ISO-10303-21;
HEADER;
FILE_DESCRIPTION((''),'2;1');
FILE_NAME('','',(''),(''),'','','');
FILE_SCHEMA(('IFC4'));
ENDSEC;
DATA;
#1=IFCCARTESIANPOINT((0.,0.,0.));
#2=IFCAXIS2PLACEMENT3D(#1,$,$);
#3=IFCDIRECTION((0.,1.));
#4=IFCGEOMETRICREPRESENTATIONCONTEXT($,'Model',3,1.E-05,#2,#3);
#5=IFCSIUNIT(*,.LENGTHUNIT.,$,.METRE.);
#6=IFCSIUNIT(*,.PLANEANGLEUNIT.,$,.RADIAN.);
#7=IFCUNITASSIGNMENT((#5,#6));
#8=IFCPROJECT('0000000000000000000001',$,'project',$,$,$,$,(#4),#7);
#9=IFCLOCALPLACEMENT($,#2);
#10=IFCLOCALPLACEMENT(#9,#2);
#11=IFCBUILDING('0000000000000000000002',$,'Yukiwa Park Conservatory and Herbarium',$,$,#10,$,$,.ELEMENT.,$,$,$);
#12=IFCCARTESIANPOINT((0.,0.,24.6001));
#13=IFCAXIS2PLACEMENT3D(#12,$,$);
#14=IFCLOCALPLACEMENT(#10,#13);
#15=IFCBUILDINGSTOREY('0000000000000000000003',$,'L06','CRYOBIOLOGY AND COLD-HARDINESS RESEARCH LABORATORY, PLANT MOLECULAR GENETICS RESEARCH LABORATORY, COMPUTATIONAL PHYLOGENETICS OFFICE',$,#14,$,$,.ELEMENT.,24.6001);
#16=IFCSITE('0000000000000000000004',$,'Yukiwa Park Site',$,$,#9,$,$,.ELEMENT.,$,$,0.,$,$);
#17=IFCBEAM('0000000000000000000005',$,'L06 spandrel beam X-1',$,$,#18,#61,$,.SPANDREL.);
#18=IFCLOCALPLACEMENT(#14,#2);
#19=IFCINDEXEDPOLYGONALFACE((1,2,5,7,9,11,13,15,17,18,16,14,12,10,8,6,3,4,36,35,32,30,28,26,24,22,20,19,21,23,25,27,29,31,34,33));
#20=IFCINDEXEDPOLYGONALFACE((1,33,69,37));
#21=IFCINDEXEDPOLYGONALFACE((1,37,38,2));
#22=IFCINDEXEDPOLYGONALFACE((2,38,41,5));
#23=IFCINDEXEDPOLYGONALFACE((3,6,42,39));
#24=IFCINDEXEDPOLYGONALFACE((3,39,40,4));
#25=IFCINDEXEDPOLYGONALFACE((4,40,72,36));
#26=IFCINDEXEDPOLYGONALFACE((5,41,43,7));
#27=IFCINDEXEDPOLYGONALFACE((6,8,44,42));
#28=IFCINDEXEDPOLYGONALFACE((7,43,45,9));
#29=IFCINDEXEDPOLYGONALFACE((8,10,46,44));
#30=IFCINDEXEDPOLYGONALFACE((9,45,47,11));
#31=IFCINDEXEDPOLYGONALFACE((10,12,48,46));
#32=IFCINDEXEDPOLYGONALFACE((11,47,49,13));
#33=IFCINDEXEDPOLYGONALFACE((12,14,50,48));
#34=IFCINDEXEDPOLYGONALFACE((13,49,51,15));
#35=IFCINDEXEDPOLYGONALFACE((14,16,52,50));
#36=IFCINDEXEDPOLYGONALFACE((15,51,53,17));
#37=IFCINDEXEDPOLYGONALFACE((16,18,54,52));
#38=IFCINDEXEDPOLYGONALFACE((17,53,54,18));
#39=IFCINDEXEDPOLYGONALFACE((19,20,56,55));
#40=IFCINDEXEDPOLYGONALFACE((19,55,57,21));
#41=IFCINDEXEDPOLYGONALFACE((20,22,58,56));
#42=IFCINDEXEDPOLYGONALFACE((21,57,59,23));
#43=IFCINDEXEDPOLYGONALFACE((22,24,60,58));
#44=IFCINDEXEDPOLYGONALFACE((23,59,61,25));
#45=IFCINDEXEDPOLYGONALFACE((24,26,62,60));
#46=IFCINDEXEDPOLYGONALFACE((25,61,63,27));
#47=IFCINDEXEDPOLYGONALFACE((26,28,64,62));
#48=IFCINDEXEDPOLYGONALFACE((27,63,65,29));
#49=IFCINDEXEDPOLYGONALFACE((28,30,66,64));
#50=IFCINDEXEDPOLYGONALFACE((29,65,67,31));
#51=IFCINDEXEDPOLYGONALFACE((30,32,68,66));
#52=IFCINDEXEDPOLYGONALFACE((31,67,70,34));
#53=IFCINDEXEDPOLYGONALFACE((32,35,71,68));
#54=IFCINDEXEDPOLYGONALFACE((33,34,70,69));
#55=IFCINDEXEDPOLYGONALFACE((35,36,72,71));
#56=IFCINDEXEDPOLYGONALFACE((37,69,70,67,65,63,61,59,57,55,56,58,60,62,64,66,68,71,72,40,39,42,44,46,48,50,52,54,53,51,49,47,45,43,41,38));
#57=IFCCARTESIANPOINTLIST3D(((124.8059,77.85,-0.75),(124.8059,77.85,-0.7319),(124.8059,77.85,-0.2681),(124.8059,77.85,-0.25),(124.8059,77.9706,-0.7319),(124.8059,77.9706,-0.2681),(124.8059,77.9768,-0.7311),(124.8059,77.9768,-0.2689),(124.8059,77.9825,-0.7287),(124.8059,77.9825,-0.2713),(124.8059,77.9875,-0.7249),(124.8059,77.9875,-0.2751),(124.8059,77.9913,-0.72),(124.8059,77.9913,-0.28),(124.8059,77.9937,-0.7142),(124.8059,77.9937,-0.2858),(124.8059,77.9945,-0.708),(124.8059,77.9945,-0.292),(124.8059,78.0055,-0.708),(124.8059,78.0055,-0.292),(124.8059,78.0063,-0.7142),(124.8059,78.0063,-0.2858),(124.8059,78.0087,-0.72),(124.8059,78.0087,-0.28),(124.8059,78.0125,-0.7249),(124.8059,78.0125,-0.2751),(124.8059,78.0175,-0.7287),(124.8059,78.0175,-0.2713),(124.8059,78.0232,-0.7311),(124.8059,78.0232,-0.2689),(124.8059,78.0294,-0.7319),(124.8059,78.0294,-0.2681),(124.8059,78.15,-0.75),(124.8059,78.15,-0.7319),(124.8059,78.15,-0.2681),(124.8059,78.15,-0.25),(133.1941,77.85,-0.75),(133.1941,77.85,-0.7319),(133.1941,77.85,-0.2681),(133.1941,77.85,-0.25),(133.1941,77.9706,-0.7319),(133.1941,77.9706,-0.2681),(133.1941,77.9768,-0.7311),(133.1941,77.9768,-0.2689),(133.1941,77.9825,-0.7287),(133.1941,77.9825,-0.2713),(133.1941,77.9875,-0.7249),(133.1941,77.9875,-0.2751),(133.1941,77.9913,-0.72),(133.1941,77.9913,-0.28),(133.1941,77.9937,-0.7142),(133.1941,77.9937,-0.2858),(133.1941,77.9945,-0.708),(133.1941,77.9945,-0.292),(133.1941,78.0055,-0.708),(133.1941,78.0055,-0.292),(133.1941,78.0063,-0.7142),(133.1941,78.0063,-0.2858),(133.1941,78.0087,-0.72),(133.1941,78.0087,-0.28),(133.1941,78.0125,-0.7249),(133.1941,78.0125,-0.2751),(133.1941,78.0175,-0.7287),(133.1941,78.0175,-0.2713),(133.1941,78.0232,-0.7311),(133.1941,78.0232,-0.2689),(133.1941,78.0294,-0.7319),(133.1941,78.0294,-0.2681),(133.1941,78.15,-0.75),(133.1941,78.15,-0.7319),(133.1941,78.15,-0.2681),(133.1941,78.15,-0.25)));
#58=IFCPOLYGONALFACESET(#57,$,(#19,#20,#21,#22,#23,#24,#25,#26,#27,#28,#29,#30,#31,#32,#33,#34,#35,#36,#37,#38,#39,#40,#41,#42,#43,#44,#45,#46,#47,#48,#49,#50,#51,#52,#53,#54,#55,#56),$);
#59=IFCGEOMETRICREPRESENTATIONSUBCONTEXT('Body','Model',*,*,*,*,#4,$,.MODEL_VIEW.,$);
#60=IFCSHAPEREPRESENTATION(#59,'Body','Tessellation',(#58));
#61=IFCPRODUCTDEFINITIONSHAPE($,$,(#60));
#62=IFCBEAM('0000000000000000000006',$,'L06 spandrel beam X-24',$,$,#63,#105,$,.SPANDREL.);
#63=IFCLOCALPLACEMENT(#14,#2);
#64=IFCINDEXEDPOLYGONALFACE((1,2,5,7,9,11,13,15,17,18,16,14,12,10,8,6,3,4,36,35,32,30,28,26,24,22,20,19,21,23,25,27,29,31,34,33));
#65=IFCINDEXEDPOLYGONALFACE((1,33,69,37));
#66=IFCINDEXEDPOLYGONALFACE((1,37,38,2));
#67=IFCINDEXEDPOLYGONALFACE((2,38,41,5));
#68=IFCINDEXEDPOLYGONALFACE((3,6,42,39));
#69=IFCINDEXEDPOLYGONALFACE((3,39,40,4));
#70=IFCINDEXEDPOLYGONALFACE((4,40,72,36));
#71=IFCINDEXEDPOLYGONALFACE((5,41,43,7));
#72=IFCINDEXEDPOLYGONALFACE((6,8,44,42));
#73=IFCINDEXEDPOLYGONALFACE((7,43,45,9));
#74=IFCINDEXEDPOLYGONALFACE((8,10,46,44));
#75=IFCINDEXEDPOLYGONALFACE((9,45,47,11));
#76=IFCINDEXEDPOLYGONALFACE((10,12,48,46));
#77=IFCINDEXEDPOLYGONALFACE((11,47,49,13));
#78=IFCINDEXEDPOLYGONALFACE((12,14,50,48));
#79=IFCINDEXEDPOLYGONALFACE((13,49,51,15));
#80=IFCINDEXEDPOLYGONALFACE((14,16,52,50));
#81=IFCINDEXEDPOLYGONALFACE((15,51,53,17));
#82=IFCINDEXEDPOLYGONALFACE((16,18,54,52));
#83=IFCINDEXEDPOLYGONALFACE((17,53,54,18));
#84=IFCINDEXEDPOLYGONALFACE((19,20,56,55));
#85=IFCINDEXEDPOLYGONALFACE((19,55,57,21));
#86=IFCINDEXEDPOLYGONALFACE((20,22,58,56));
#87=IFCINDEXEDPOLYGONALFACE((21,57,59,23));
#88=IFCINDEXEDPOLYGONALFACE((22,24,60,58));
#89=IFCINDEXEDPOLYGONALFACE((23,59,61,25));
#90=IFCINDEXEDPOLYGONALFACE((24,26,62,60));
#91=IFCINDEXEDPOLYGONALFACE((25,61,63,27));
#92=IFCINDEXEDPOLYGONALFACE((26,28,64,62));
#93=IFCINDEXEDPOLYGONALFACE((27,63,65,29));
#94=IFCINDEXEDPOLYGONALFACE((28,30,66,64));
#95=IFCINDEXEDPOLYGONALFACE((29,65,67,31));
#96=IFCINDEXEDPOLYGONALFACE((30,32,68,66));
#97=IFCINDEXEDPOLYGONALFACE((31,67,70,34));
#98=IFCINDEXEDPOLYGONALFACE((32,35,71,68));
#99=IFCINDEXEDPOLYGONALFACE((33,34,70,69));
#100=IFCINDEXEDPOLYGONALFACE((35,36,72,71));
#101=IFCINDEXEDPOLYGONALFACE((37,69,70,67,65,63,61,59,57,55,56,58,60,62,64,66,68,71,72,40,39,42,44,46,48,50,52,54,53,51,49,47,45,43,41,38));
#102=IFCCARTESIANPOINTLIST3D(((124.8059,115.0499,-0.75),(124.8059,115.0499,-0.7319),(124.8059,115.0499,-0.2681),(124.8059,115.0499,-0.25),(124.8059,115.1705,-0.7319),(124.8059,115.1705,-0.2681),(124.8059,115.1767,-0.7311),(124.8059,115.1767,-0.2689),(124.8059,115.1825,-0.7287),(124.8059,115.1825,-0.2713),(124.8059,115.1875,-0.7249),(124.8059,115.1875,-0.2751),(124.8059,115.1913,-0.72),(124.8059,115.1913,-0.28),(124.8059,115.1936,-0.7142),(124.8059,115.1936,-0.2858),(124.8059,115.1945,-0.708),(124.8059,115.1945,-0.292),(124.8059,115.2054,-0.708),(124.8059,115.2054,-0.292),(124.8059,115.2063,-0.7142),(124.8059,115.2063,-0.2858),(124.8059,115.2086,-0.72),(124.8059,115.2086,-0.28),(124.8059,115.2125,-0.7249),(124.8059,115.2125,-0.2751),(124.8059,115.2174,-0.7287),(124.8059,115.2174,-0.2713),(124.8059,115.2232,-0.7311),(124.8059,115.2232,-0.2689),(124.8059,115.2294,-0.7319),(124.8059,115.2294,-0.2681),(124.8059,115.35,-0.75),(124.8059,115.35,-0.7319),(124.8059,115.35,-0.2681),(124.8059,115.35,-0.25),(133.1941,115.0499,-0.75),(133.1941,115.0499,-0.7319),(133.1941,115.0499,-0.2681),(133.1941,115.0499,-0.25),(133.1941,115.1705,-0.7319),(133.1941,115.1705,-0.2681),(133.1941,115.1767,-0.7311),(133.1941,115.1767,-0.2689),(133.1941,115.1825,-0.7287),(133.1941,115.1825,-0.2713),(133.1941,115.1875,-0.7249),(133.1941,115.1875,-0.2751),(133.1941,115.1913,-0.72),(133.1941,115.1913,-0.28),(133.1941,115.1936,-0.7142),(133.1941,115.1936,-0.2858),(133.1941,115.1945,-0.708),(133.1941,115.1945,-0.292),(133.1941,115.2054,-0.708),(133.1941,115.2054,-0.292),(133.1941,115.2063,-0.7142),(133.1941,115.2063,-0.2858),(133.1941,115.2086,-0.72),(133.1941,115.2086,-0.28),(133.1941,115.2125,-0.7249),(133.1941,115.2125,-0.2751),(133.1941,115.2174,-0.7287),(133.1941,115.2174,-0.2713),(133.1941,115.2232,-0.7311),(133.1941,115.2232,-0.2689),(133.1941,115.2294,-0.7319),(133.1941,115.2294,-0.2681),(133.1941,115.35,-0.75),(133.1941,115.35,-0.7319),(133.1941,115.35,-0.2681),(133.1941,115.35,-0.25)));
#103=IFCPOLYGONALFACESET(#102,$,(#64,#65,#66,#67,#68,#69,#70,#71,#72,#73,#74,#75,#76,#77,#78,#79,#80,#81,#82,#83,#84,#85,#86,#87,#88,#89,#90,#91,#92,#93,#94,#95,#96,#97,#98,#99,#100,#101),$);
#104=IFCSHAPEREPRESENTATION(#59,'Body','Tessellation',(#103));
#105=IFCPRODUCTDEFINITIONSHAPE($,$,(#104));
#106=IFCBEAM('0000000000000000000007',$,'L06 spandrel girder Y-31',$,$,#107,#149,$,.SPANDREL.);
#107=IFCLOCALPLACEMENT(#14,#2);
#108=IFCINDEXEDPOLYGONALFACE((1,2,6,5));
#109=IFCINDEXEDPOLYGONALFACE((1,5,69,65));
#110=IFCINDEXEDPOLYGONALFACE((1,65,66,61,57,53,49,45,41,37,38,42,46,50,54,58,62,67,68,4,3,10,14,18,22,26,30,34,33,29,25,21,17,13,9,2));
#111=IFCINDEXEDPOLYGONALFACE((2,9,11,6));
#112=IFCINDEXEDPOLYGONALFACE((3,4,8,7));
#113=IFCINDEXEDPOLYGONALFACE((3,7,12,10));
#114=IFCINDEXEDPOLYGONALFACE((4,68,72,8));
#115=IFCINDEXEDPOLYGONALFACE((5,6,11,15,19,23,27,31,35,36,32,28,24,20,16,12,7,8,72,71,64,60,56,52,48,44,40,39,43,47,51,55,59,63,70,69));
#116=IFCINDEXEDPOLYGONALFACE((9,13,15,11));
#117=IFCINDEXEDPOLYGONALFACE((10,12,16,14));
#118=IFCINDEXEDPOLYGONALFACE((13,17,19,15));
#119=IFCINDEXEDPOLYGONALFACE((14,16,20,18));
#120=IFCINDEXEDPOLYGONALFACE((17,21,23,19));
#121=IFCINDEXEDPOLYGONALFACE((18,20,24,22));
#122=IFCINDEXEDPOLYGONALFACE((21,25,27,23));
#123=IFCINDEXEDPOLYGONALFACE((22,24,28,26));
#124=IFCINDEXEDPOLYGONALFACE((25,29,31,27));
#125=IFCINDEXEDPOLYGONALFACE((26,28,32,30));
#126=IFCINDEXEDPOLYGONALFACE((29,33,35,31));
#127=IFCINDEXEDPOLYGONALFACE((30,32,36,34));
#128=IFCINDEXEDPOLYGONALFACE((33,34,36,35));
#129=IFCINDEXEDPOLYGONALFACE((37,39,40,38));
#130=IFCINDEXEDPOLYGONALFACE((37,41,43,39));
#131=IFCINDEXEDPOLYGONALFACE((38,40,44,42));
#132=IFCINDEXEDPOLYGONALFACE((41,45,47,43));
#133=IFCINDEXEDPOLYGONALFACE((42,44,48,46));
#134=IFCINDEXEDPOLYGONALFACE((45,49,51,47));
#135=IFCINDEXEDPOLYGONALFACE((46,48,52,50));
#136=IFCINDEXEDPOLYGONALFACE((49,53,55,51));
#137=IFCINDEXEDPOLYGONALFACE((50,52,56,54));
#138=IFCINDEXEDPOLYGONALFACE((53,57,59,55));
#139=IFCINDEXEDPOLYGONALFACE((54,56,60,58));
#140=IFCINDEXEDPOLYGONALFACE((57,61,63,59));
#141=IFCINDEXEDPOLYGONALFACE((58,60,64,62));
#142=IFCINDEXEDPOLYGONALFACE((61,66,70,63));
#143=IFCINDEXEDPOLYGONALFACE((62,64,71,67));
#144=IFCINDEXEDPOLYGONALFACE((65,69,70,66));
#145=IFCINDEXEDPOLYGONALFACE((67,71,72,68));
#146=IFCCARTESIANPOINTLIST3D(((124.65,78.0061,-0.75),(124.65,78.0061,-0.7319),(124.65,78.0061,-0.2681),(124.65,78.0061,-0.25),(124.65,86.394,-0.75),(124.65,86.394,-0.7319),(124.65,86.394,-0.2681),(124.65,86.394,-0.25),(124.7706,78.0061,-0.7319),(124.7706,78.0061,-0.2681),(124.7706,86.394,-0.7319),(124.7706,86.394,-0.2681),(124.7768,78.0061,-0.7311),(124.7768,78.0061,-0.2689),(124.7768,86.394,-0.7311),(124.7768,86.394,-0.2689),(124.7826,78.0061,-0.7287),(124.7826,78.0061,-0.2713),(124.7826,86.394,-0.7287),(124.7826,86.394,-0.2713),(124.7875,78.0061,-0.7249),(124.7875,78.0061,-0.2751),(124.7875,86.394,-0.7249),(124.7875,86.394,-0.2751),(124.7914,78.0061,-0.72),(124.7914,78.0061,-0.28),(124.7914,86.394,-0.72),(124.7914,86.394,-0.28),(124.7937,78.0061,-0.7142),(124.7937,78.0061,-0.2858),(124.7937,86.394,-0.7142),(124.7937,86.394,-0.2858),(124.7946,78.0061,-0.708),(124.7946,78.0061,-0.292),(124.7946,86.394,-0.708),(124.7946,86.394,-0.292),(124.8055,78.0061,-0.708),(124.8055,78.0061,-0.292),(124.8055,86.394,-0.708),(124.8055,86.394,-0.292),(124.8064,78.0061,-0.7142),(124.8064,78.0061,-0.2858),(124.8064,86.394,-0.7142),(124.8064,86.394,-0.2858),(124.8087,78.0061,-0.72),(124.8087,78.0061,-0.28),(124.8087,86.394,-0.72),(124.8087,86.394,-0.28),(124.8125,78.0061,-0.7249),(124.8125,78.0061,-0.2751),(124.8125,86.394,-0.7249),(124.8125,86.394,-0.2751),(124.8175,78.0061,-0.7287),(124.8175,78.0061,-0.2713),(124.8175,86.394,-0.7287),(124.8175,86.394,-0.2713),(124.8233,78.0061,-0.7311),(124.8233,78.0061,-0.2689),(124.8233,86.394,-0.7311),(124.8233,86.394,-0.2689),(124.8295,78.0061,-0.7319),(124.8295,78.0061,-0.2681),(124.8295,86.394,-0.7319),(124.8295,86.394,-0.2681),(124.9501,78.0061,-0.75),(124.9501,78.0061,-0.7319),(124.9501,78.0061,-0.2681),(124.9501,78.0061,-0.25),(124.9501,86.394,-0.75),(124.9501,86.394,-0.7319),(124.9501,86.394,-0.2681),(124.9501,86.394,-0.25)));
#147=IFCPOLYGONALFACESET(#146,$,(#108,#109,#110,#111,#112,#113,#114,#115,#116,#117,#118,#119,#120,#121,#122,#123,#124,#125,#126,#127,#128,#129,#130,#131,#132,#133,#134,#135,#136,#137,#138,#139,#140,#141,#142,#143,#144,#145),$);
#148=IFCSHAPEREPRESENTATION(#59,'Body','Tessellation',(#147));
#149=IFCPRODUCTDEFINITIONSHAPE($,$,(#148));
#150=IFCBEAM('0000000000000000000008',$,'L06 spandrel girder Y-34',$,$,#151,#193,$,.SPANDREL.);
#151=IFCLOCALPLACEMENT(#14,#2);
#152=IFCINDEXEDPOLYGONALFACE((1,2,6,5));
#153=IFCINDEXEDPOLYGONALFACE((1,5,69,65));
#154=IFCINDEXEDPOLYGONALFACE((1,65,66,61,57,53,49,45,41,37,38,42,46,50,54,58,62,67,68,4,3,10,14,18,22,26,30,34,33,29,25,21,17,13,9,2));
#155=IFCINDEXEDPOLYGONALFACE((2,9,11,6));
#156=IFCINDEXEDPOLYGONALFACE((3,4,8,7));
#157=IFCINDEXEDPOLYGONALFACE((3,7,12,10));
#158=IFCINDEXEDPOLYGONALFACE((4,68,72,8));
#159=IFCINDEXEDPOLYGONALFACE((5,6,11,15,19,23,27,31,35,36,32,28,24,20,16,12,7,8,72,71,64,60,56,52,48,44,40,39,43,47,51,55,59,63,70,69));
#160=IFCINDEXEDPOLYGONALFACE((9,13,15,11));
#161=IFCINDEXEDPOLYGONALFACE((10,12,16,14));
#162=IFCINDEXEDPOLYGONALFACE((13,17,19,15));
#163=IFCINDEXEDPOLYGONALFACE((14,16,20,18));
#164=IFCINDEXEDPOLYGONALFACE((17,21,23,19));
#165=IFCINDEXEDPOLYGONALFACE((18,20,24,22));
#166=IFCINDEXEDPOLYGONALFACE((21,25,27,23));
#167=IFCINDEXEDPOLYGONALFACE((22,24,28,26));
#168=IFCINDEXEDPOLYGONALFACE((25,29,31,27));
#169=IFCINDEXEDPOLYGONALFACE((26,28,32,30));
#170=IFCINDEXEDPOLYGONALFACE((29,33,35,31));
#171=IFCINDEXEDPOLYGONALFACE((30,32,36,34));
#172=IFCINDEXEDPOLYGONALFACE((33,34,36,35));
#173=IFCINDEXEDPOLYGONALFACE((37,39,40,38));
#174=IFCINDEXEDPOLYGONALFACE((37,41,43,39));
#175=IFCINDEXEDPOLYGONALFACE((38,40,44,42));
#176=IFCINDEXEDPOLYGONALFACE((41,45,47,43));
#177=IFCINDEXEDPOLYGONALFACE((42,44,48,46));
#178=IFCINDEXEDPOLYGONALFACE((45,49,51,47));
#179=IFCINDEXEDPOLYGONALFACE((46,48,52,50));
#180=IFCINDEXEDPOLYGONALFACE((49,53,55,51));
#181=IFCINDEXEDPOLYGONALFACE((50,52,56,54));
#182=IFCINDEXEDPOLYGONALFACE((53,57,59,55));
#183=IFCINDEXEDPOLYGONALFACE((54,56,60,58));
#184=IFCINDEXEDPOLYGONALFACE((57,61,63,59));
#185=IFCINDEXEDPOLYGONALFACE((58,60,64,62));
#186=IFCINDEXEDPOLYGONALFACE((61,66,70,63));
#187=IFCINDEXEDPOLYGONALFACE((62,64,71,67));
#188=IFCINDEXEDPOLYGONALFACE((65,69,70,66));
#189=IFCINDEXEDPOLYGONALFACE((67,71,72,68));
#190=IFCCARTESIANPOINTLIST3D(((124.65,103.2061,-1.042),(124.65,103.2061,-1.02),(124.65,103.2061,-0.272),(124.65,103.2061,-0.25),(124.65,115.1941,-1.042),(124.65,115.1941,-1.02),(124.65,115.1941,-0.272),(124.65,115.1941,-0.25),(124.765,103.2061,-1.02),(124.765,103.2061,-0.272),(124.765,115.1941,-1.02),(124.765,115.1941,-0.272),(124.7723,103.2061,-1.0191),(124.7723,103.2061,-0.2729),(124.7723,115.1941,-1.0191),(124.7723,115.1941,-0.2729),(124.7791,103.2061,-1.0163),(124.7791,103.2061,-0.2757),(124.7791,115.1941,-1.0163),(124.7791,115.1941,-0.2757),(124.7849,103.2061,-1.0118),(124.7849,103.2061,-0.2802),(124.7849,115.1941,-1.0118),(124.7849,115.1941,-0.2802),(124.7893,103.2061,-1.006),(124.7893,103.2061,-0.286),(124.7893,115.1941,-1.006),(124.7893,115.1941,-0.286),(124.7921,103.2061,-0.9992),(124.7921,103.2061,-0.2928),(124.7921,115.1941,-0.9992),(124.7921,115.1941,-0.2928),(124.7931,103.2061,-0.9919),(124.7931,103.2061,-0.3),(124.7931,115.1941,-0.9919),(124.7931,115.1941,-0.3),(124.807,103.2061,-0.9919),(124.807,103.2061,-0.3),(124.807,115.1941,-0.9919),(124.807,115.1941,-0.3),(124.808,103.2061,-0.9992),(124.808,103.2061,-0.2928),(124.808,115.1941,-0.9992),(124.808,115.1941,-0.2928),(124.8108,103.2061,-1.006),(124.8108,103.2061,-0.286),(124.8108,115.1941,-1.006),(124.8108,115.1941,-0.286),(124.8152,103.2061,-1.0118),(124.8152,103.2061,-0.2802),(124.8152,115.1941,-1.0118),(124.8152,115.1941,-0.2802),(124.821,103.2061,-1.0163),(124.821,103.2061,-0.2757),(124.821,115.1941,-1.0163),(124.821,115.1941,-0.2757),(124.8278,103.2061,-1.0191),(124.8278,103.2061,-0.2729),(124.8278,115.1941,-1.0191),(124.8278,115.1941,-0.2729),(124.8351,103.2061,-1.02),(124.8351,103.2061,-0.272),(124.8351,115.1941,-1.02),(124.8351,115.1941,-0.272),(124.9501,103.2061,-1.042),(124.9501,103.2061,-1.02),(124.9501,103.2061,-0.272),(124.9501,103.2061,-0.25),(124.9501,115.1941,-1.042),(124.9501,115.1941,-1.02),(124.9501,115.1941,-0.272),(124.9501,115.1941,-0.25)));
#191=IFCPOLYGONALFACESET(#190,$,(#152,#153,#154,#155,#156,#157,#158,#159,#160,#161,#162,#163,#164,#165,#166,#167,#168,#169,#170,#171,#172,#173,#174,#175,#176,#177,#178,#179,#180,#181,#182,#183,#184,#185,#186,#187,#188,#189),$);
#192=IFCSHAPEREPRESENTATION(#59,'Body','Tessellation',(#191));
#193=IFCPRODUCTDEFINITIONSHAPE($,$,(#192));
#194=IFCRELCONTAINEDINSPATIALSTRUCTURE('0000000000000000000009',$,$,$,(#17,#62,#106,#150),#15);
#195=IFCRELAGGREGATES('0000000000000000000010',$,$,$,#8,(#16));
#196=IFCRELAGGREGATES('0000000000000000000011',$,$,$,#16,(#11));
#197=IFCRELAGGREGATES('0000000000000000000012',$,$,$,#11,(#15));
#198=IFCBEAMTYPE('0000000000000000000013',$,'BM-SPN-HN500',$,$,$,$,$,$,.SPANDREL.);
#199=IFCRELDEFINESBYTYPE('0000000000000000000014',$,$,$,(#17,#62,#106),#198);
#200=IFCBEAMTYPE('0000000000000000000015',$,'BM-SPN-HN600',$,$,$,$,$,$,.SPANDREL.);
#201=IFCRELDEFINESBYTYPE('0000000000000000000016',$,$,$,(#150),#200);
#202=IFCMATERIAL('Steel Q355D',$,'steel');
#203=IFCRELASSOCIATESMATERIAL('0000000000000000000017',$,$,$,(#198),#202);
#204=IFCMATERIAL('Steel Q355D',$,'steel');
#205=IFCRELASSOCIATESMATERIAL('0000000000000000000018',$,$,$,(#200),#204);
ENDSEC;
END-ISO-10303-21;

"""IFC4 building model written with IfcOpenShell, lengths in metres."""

from ifc_helpers import new_model, si_unit, direction, frame, origin, origin_2d, place, context, subcontext, project, spatial, i_section, extrude, material, material_profile, profile_set, type_object, element, save


model = new_model("IFC4")

# Units and contexts
model_context = context("Model", 3, precision=1e-05, world=origin(), true_north=direction((0.0, 1.0)))
body_context = subcontext(model_context, "Body", "Model", "MODEL_VIEW")
ifc_project = project(units=[si_unit("LENGTHUNIT", "METRE"), si_unit("PLANEANGLEUNIT", "RADIAN")], contexts=[model_context])

# Site, building, storey
site_placement = place(None, origin())
site = spatial("IfcSite", under=ifc_project, at=site_placement, Name="Yukiwa Park Site", CompositionType="ELEMENT", RefElevation=0.0)
building_placement = place(site_placement, origin())
building = spatial("IfcBuilding", under=site, at=building_placement, Name="Yukiwa Park Conservatory and Herbarium", CompositionType="ELEMENT")
storey_placement = place(building_placement, frame((0.0, 0.0, 24.6001)))
storey = spatial("IfcBuildingStorey", under=building, at=storey_placement, Name="L06", Description="CRYOBIOLOGY AND COLD-HARDINESS RESEARCH LABORATORY, PLANT MOLECULAR GENETICS RESEARCH LABORATORY, COMPUTATIONAL PHYLOGENETICS OFFICE", CompositionType="ELEMENT", Elevation=24.6001)

# Beams
ifc_material_1 = material(Name="Steel Q355D", Category="steel")
ifc_material_profile_1 = material_profile(ifc_material_1, i_section(OverallWidth=0.3, OverallDepth=0.5, WebThickness=0.011, FlangeThickness=0.0181, FilletRadius=0.0239, at=origin_2d()), Name="HM 500x300x11x18")
ifc_profile_set_1 = profile_set([ifc_material_profile_1], Name="Steel Q355D")
beam_type_1 = type_object("IfcBeamType", Name="BM-SPN-HN500", PredefinedType="SPANDREL", material=ifc_profile_set_1)
for number, where, z_axis, x_axis, name in (
    (1, (124.8059, 78.0, -0.5), (1.0, 0.0, 0.0), (0.0, 1.0, 0.0), "L06 spandrel beam X-1"),
    (2, (124.8059, 115.2, -0.5), (1.0, 0.0, 0.0), (0.0, 1.0, 0.0), "L06 spandrel beam X-24"),
):
    element("IfcBeam", number, at=place(storey_placement, frame(where, z_axis=z_axis, x_axis=x_axis)), inside=storey, type_object=beam_type_1, Name=name, PredefinedType="SPANDREL", context=body_context, shape_type="SweptSolid", body=[
        extrude(i_section(OverallWidth=0.3, OverallDepth=0.5, WebThickness=0.011, FlangeThickness=0.0181, FilletRadius=0.0239, at=origin_2d()), origin(), (0.0, 0.0, 1.0), 8.3882),
    ])
beam_1_placement = place(storey_placement, frame((124.8, 78.0061, -0.5), z_axis=(0.0, 1.0, 0.0), x_axis=(-1.0, 0.0, 0.0)))
element("IfcBeam", 3, at=beam_1_placement, inside=storey, type_object=beam_type_1, Name="L06 spandrel girder Y-31", PredefinedType="SPANDREL", context=body_context, shape_type="SweptSolid", body=[
    extrude(i_section(OverallWidth=0.3, OverallDepth=0.5, WebThickness=0.011, FlangeThickness=0.0181, FilletRadius=0.0239, at=origin_2d()), origin(), (0.0, 0.0, 1.0), 8.3879),
])
ifc_material_2 = material(Name="Steel Q355D", Category="steel")
ifc_material_profile_2 = material_profile(ifc_material_2, i_section(OverallWidth=0.3, OverallDepth=0.792, WebThickness=0.0139, FlangeThickness=0.022, FilletRadius=0.0281, at=origin_2d()), Name="HN 792x300x14x22")
ifc_profile_set_2 = profile_set([ifc_material_profile_2], Name="Steel Q355D")
beam_type_2 = type_object("IfcBeamType", Name="BM-SPN-HN600", PredefinedType="SPANDREL", material=ifc_profile_set_2)
beam_2_placement = place(storey_placement, frame((124.8, 103.2061, -0.646), z_axis=(0.0, 1.0, 0.0), x_axis=(-1.0, 0.0, 0.0)))
element("IfcBeam", 4, at=beam_2_placement, inside=storey, type_object=beam_type_2, Name="L06 spandrel girder Y-34", PredefinedType="SPANDREL", context=body_context, shape_type="SweptSolid", body=[
    extrude(i_section(OverallWidth=0.3, OverallDepth=0.792, WebThickness=0.0139, FlangeThickness=0.022, FilletRadius=0.0281, at=origin_2d()), origin(), (0.0, 0.0, 1.0), 11.988),
])

save(model, "model.ifc")
